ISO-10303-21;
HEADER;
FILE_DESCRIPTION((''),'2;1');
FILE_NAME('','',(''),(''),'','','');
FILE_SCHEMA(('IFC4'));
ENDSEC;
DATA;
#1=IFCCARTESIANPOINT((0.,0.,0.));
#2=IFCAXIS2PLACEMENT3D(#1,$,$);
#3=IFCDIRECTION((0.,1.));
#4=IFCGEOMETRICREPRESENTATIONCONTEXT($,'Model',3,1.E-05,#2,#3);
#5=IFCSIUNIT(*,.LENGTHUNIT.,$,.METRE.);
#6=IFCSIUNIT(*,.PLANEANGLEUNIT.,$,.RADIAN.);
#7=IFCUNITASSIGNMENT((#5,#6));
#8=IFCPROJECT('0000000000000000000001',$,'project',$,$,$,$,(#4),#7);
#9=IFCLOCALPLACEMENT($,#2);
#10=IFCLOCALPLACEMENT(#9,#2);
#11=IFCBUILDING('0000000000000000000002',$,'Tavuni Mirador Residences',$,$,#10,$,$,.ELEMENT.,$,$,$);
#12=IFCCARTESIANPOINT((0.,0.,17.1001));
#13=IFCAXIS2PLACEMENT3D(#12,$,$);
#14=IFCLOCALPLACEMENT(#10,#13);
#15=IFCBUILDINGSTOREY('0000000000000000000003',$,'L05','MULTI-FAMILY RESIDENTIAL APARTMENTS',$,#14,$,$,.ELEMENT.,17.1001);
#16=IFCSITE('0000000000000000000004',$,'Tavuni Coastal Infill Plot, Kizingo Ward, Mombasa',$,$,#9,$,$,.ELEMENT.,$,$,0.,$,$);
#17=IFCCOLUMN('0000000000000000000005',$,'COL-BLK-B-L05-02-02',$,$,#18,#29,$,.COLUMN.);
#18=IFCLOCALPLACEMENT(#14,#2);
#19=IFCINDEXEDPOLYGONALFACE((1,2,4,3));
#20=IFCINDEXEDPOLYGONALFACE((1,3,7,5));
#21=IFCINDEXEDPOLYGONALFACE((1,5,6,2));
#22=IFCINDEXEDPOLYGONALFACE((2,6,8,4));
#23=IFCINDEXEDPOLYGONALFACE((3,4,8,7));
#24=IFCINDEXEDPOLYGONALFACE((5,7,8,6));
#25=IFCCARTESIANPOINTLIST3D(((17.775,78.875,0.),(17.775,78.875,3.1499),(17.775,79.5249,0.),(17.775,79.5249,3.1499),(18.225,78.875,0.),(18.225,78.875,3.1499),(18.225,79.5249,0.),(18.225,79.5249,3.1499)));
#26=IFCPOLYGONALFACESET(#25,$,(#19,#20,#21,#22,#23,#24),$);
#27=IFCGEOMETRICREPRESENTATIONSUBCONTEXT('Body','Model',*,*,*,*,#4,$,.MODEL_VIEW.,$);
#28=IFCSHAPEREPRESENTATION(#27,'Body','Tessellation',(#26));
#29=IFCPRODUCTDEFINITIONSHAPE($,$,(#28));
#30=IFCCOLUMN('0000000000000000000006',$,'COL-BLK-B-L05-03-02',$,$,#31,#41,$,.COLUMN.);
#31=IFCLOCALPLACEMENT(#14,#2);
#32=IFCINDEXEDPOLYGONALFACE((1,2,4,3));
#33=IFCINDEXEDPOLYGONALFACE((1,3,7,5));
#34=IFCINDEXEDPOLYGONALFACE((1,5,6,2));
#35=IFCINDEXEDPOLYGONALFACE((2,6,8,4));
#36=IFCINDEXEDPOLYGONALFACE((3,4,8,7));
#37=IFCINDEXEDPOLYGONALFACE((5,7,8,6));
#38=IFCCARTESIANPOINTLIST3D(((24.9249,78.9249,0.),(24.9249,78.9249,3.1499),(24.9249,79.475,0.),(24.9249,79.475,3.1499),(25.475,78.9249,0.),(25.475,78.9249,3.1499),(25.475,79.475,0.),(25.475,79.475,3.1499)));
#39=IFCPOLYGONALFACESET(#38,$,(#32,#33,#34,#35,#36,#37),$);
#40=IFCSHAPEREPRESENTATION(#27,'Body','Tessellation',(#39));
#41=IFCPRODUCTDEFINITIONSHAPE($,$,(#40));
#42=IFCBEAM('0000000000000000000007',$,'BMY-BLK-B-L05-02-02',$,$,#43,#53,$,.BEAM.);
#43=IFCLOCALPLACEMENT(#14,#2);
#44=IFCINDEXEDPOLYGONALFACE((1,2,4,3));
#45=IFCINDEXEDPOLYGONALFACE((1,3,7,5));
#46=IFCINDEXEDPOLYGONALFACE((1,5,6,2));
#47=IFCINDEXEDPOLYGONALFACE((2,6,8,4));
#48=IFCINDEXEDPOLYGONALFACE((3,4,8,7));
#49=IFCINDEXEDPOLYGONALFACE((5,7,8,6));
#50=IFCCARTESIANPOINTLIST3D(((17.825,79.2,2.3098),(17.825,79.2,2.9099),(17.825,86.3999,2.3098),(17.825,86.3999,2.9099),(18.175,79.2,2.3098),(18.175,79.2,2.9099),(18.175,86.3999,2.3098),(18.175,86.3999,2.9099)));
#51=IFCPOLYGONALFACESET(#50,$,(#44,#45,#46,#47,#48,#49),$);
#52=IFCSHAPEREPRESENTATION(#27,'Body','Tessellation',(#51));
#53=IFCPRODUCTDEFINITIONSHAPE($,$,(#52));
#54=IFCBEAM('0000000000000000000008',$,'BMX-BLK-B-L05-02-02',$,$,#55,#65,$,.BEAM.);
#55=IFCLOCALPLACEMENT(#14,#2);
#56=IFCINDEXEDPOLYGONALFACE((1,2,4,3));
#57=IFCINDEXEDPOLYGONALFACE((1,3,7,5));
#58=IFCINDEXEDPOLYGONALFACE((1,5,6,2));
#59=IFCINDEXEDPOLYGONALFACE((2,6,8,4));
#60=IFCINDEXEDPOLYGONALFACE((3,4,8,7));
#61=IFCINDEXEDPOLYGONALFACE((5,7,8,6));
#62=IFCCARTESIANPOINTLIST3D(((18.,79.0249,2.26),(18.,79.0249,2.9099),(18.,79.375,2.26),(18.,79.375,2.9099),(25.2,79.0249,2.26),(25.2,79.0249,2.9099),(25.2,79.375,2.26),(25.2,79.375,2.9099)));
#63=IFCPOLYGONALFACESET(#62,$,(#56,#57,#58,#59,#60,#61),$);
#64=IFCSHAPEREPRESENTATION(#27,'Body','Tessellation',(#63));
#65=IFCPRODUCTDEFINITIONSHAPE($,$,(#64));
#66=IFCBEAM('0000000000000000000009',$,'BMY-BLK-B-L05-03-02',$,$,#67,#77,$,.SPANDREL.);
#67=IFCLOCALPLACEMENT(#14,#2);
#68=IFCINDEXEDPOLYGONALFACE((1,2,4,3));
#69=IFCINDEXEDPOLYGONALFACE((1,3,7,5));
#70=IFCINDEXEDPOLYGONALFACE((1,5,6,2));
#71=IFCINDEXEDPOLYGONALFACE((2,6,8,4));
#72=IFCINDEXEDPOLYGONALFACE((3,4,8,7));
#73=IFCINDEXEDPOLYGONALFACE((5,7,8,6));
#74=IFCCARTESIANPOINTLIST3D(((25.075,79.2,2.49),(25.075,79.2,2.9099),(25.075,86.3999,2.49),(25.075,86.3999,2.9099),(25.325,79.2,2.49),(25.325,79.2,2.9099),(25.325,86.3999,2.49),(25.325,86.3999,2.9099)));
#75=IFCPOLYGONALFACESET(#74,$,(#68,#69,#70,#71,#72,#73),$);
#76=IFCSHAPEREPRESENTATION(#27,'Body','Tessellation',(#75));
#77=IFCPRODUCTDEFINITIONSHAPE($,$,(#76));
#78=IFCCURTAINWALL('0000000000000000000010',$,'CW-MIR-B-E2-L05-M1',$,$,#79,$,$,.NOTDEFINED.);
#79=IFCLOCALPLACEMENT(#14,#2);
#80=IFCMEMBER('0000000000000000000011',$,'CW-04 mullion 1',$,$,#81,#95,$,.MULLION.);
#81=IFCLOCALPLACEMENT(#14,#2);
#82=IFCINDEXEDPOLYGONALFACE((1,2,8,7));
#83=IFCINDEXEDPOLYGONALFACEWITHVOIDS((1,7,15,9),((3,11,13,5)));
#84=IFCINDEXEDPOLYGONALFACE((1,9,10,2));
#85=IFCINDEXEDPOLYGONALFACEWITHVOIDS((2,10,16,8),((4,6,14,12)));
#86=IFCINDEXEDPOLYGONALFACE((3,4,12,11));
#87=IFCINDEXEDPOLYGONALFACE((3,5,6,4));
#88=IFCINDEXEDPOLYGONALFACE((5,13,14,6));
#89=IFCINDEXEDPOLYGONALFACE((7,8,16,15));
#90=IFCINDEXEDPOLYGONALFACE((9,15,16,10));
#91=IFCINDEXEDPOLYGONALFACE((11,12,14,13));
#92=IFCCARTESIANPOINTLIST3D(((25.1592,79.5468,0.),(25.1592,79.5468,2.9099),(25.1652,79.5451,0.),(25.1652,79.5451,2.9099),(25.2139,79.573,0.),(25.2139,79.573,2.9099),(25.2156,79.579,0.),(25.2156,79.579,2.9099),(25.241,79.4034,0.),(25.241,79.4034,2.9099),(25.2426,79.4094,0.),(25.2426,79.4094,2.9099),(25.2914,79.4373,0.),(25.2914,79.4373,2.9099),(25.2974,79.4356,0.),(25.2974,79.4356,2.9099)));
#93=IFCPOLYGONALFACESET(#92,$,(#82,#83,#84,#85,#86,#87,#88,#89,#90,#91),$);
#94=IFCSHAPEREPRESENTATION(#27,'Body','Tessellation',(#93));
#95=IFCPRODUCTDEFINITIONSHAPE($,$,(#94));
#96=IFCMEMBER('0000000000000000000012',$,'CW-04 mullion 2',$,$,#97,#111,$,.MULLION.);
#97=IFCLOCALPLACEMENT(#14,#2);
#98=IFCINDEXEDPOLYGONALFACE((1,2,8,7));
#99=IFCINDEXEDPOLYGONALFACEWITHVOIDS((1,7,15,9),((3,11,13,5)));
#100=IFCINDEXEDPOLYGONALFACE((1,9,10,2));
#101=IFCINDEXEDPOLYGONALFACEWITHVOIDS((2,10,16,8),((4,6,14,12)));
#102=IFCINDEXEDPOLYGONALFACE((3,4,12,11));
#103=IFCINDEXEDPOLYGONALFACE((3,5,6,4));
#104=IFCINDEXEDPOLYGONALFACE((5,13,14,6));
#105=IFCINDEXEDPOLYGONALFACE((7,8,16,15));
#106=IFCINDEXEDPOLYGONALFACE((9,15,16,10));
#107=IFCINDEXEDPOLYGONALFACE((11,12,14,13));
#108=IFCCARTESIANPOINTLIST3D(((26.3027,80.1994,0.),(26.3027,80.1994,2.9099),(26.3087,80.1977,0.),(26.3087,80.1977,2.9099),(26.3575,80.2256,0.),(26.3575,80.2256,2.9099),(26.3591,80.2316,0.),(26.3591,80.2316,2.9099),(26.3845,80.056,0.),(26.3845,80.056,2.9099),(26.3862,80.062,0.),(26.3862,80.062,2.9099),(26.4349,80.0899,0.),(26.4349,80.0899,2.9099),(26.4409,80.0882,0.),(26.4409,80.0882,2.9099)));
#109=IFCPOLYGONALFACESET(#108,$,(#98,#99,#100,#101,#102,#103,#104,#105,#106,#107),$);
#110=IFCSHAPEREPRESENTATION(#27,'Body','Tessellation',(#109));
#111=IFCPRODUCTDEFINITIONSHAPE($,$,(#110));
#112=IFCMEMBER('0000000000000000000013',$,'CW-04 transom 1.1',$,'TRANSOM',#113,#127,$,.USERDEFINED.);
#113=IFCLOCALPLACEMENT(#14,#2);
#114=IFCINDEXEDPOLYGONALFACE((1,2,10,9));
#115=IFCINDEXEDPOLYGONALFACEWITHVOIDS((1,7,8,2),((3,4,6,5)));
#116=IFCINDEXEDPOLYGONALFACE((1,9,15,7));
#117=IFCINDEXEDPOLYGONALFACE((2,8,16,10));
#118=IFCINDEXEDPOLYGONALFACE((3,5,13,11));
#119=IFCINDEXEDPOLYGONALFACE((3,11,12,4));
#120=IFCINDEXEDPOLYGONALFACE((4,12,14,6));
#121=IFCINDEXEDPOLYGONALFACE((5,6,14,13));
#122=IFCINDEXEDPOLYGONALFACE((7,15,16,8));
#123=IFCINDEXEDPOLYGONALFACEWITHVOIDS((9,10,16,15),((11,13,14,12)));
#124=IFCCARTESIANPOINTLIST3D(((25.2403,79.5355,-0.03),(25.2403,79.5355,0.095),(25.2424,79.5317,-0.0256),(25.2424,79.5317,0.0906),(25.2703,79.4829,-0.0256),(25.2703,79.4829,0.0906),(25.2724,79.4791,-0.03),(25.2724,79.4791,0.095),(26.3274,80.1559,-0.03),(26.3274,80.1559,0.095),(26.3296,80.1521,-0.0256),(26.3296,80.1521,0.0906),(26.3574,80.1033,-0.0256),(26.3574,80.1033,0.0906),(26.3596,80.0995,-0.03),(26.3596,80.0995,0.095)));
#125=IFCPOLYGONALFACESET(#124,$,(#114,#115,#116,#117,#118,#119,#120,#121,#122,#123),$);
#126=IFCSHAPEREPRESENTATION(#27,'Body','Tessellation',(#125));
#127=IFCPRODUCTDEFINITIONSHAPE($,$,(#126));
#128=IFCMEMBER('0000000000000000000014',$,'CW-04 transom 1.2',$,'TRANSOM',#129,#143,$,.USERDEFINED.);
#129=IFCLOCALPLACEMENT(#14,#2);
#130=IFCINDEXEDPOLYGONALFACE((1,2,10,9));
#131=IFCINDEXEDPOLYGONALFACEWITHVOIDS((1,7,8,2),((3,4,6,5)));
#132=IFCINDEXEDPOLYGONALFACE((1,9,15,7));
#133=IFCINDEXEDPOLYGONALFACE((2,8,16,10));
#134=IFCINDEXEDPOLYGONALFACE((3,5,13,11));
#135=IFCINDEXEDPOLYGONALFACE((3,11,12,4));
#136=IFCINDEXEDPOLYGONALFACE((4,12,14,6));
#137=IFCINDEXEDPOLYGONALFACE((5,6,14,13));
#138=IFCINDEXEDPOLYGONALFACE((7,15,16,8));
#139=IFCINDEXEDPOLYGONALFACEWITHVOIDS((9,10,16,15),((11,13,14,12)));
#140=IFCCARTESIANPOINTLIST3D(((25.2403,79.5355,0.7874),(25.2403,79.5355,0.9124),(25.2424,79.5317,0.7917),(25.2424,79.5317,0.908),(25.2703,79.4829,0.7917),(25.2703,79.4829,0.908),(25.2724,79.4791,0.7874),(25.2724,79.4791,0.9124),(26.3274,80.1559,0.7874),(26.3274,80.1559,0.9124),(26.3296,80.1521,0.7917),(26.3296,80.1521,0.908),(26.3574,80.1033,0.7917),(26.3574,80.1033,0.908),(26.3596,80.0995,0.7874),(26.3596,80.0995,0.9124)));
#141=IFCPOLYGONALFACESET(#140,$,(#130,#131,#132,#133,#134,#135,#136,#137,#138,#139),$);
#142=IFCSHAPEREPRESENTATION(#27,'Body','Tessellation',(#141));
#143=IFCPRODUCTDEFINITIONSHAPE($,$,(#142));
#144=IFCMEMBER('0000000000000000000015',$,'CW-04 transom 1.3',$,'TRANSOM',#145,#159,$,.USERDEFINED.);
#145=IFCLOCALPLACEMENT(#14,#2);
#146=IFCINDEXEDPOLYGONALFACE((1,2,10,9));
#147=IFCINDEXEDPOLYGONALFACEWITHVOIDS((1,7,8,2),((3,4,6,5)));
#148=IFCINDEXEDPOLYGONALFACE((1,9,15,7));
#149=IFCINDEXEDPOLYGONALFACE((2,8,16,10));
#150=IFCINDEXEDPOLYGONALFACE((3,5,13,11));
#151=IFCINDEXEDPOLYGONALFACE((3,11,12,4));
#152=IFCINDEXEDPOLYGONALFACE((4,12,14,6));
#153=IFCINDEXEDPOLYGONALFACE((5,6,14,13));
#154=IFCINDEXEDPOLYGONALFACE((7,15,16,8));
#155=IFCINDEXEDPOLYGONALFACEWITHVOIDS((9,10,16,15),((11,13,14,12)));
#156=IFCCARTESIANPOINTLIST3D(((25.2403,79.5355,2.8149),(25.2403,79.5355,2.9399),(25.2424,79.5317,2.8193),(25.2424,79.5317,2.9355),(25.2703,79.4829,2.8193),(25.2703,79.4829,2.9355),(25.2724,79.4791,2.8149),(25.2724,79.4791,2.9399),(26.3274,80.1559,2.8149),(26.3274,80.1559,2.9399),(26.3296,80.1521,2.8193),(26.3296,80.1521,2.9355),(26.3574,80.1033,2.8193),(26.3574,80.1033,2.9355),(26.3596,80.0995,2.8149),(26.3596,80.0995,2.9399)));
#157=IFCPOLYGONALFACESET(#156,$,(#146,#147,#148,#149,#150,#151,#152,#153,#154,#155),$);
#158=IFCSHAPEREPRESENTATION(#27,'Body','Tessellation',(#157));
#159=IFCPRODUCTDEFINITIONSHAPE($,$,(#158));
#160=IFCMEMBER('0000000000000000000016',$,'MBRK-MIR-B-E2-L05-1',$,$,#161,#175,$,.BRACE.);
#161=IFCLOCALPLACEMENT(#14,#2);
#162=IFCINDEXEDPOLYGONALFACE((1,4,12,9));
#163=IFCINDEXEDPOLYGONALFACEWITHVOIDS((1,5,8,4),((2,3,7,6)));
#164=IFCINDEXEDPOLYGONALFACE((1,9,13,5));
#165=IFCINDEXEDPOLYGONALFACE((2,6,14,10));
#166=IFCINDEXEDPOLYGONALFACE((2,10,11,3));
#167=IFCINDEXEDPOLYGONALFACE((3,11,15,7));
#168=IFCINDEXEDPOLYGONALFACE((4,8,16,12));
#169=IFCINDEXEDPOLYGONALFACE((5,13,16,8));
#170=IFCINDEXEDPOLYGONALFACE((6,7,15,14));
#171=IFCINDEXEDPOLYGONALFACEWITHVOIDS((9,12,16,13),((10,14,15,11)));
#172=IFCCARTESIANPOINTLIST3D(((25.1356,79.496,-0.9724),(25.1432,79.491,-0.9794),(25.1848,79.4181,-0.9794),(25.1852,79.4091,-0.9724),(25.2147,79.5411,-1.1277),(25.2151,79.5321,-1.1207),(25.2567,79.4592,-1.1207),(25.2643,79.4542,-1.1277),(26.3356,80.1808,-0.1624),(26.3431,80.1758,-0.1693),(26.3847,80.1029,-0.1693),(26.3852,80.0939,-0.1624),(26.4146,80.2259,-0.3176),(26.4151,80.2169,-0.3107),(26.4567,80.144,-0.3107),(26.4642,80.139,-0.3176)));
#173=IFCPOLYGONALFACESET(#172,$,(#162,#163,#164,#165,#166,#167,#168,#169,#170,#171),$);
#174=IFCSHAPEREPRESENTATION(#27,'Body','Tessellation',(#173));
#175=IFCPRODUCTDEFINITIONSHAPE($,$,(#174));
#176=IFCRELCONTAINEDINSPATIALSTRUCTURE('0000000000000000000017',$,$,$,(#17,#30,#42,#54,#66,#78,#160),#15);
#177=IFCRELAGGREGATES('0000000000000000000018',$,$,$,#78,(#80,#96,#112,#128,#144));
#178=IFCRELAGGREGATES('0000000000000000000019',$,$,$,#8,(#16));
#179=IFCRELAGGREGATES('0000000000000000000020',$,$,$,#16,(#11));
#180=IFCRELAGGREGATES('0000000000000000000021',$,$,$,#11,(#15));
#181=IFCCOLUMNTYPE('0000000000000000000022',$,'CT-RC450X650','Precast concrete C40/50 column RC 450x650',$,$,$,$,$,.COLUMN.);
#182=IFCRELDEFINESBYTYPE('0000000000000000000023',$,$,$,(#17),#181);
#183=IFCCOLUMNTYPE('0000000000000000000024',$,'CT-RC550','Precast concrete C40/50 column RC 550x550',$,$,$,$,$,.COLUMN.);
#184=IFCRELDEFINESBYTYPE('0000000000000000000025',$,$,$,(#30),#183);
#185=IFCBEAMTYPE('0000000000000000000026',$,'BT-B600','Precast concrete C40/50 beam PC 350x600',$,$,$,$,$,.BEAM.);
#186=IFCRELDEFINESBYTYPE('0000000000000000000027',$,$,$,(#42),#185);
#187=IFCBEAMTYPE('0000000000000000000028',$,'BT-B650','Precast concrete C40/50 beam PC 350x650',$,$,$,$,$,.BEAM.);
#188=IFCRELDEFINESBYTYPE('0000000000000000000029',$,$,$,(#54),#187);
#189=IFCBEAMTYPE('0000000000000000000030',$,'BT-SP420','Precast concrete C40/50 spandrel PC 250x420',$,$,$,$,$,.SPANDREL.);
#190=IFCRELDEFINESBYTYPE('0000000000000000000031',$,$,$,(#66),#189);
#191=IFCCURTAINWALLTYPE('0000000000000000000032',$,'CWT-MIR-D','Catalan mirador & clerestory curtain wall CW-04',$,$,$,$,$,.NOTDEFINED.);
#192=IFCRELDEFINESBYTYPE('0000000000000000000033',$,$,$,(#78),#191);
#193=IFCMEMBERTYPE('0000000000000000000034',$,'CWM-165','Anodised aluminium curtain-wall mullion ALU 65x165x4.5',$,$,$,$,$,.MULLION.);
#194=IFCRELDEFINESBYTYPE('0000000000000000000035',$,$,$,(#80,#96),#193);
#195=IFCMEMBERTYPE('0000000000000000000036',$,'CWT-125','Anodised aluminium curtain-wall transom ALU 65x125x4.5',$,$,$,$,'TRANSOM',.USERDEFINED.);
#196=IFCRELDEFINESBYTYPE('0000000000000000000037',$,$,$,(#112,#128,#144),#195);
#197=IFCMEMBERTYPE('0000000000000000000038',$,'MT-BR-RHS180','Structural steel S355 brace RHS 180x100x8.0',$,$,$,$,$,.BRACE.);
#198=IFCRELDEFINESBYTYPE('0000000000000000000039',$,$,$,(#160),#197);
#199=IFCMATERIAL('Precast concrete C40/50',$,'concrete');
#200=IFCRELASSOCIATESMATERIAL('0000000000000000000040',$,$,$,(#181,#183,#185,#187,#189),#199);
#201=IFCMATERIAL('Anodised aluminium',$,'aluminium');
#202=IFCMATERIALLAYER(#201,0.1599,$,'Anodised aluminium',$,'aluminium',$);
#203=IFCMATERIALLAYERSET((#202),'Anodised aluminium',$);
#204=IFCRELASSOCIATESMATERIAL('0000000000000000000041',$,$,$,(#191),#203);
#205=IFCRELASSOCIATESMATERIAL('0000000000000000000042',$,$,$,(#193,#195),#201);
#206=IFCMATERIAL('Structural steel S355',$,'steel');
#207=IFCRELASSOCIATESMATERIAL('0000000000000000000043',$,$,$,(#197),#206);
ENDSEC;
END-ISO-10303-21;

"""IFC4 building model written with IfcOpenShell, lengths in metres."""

from ifc_helpers import new_model, si_unit, direction, frame, origin, origin_2d, place, context, subcontext, project, spatial, rectangle, hollow_rectangle, extrude, material, layer, layer_set, material_profile, profile_set, type_object, element, aggregate, save


model = new_model("IFC4")

# Units and contexts
model_context = context("Model", 3, precision=1e-05, world=origin(), true_north=direction((0.0, 1.0)))
body_context = subcontext(model_context, "Body", "Model", "MODEL_VIEW")
ifc_project = project(units=[si_unit("LENGTHUNIT", "METRE"), si_unit("PLANEANGLEUNIT", "RADIAN")], contexts=[model_context])

# Site, building, storey
site_placement = place(None, origin())
site = spatial("IfcSite", under=ifc_project, at=site_placement, Name="Tavuni Coastal Infill Plot, Kizingo Ward, Mombasa", CompositionType="ELEMENT", RefElevation=0.0)
building_placement = place(site_placement, origin())
building = spatial("IfcBuilding", under=site, at=building_placement, Name="Tavuni Mirador Residences", CompositionType="ELEMENT")
storey_placement = place(building_placement, frame((0.0, 0.0, 17.1001)))
storey = spatial("IfcBuildingStorey", under=building, at=storey_placement, Name="L05", Description="MULTI-FAMILY RESIDENTIAL APARTMENTS", CompositionType="ELEMENT", Elevation=17.1001)

# Columns
ifc_material_1 = material(Name="Precast concrete C40/50", Category="concrete")
ifc_material_profile_1 = material_profile(ifc_material_1, rectangle(XDim=0.45, YDim=0.6499, at=origin_2d()), Name="RC 450x650", Category="concrete")
ifc_profile_set_1 = profile_set([ifc_material_profile_1], Name="Precast concrete C40/50")
column_type_1 = type_object("IfcColumnType", Name="CT-RC450X650", Description="Precast concrete C40/50 column RC 450x650", PredefinedType="COLUMN", material=ifc_profile_set_1)
column_1_placement = place(storey_placement, frame((18.0, 79.2, 0.0), z_axis=(0.0, 0.0, 1.0), x_axis=(1.0, 0.0, 0.0)))
element("IfcColumn", 1, at=column_1_placement, inside=storey, type_object=column_type_1, Name="COL-BLK-B-L05-02-02", PredefinedType="COLUMN", context=body_context, shape_type="SweptSolid", body=[
    extrude(rectangle(XDim=0.45, YDim=0.6499, at=origin_2d()), origin(), (0.0, 0.0, 1.0), 3.1499),
])
ifc_material_profile_2 = material_profile(ifc_material_1, rectangle(XDim=0.55, YDim=0.55, at=origin_2d()), Name="RC 550x550", Category="concrete")
ifc_profile_set_2 = profile_set([ifc_material_profile_2], Name="Precast concrete C40/50")
column_type_2 = type_object("IfcColumnType", Name="CT-RC550", Description="Precast concrete C40/50 column RC 550x550", PredefinedType="COLUMN", material=ifc_profile_set_2)
column_2_placement = place(storey_placement, frame((25.2, 79.2, 0.0), z_axis=(0.0, 0.0, 1.0), x_axis=(1.0, 0.0, 0.0)))
element("IfcColumn", 2, at=column_2_placement, inside=storey, type_object=column_type_2, Name="COL-BLK-B-L05-03-02", PredefinedType="COLUMN", context=body_context, shape_type="SweptSolid", body=[
    extrude(rectangle(XDim=0.55, YDim=0.55, at=origin_2d()), origin(), (0.0, 0.0, 1.0), 3.1499),
])

# Beams
ifc_material_profile_3 = material_profile(ifc_material_1, rectangle(XDim=0.3501, YDim=0.6001, at=origin_2d()), Name="PC 350x600", Category="concrete")
ifc_profile_set_3 = profile_set([ifc_material_profile_3], Name="Precast concrete C40/50")
beam_type_1 = type_object("IfcBeamType", Name="BT-B600", Description="Precast concrete C40/50 beam PC 350x600", PredefinedType="BEAM", material=ifc_profile_set_3)
beam_1_placement = place(storey_placement, frame((18.0, 79.2, 2.6099), z_axis=(0.0, 1.0, 0.0), x_axis=(-1.0, 0.0, 0.0)))
element("IfcBeam", 3, at=beam_1_placement, inside=storey, type_object=beam_type_1, Name="BMY-BLK-B-L05-02-02", PredefinedType="BEAM", context=body_context, shape_type="SweptSolid", body=[
    extrude(rectangle(XDim=0.3501, YDim=0.6001, at=origin_2d()), origin(), (0.0, 0.0, 1.0), 7.2),
])
ifc_material_profile_4 = material_profile(ifc_material_1, rectangle(XDim=0.3501, YDim=0.6499, at=origin_2d()), Name="PC 350x650", Category="concrete")
ifc_profile_set_4 = profile_set([ifc_material_profile_4], Name="Precast concrete C40/50")
beam_type_2 = type_object("IfcBeamType", Name="BT-B650", Description="Precast concrete C40/50 beam PC 350x650", PredefinedType="BEAM", material=ifc_profile_set_4)
beam_2_placement = place(storey_placement, frame((18.0, 79.2, 2.585), z_axis=(1.0, 0.0, 0.0), x_axis=(0.0, 1.0, 0.0)))
element("IfcBeam", 4, at=beam_2_placement, inside=storey, type_object=beam_type_2, Name="BMX-BLK-B-L05-02-02", PredefinedType="BEAM", context=body_context, shape_type="SweptSolid", body=[
    extrude(rectangle(XDim=0.3501, YDim=0.6499, at=origin_2d()), origin(), (0.0, 0.0, 1.0), 7.2),
])
ifc_material_profile_5 = material_profile(ifc_material_1, rectangle(XDim=0.25, YDim=0.4199, at=origin_2d()), Name="PC 250x420", Category="concrete")
ifc_profile_set_5 = profile_set([ifc_material_profile_5], Name="Precast concrete C40/50")
beam_type_3 = type_object("IfcBeamType", Name="BT-SP420", Description="Precast concrete C40/50 spandrel PC 250x420", PredefinedType="SPANDREL", material=ifc_profile_set_5)
beam_3_placement = place(storey_placement, frame((25.2, 79.2, 2.7), z_axis=(0.0, 1.0, 0.0), x_axis=(-1.0, 0.0, 0.0)))
element("IfcBeam", 5, at=beam_3_placement, inside=storey, type_object=beam_type_3, Name="BMY-BLK-B-L05-03-02", PredefinedType="SPANDREL", context=body_context, shape_type="SweptSolid", body=[
    extrude(rectangle(XDim=0.25, YDim=0.4199, at=origin_2d()), origin(), (0.0, 0.0, 1.0), 7.2),
])

# Curtain wall, members
ifc_material_2 = material(Name="Anodised aluminium", Category="aluminium")
ifc_layer_1 = layer(ifc_material_2, 0.1599, Name="Anodised aluminium", Category="aluminium")
ifc_layer_set_1 = layer_set([ifc_layer_1], Name="Anodised aluminium")
curtain_wall_type = type_object("IfcCurtainWallType", Name="CWT-MIR-D", Description="Catalan mirador & clerestory curtain wall CW-04", PredefinedType="NOTDEFINED", material=ifc_layer_set_1)
curtain_wall_placement = place(storey_placement, origin())
curtain_wall = element("IfcCurtainWall", 6, at=curtain_wall_placement, inside=storey, type_object=curtain_wall_type, Name="CW-MIR-B-E2-L05-M1", PredefinedType="NOTDEFINED")
ifc_material_profile_6 = material_profile(ifc_material_2, hollow_rectangle(XDim=0.0649, YDim=0.165, WallThickness=0.0044, at=origin_2d()), Name="ALU 65x165x4.5", Category="aluminium")
ifc_profile_set_6 = profile_set([ifc_material_profile_6], Name="Anodised aluminium")
member_type_1 = type_object("IfcMemberType", Name="CWM-165", Description="Anodised aluminium curtain-wall mullion ALU 65x165x4.5", PredefinedType="MULLION", material=ifc_profile_set_6)
member_1_placement = place(storey_placement, frame((25.2283, 79.4912, 0.0), z_axis=(0.0, 0.0, 1.0), x_axis=(0.868466, 0.495749, 0.0)))
member_1 = element("IfcMember", 7, at=member_1_placement, type_object=member_type_1, Name="CW-04 mullion 1", PredefinedType="MULLION", context=body_context, shape_type="SweptSolid", body=[
    extrude(hollow_rectangle(XDim=0.0649, YDim=0.165, WallThickness=0.0044, at=origin_2d()), origin(), (0.0, 0.0, 1.0), 2.9099),
])
member_2_placement = place(storey_placement, frame((26.3718, 80.1438, 0.0), z_axis=(0.0, 0.0, 1.0), x_axis=(0.868466, 0.495749, 0.0)))
member_2 = element("IfcMember", 8, at=member_2_placement, type_object=member_type_1, Name="CW-04 mullion 2", PredefinedType="MULLION", context=body_context, shape_type="SweptSolid", body=[
    extrude(hollow_rectangle(XDim=0.0649, YDim=0.165, WallThickness=0.0044, at=origin_2d()), origin(), (0.0, 0.0, 1.0), 2.9099),
])
ifc_material_profile_7 = material_profile(ifc_material_2, hollow_rectangle(XDim=0.0649, YDim=0.125, WallThickness=0.0044, at=origin_2d()), Name="ALU 65x125x4.5", Category="aluminium")
ifc_profile_set_7 = profile_set([ifc_material_profile_7], Name="Anodised aluminium")
member_type_2 = type_object("IfcMemberType", Name="CWT-125", Description="Anodised aluminium curtain-wall transom ALU 65x125x4.5", ElementType="TRANSOM", PredefinedType="USERDEFINED", material=ifc_profile_set_7)
member_3_placement = place(storey_placement, frame((25.2563, 79.5073, 0.0325), z_axis=(0.868543, 0.495614, 0.0), x_axis=(-0.495614, 0.868543, 0.0)))
member_3 = element("IfcMember", 9, at=member_3_placement, type_object=member_type_2, Name="CW-04 transom 1.1", ObjectType="TRANSOM", PredefinedType="USERDEFINED", context=body_context, shape_type="SweptSolid", body=[
    extrude(hollow_rectangle(XDim=0.0649, YDim=0.125, WallThickness=0.0044, at=origin_2d()), origin(), (0.0, 0.0, 1.0), 1.2517),
])
member_4_placement = place(storey_placement, frame((25.2563, 79.5073, 0.8499), z_axis=(0.868543, 0.495614, 0.0), x_axis=(-0.495614, 0.868543, 0.0)))
member_4 = element("IfcMember", 10, at=member_4_placement, type_object=member_type_2, Name="CW-04 transom 1.2", ObjectType="TRANSOM", PredefinedType="USERDEFINED", context=body_context, shape_type="SweptSolid", body=[
    extrude(hollow_rectangle(XDim=0.0649, YDim=0.125, WallThickness=0.0044, at=origin_2d()), origin(), (0.0, 0.0, 1.0), 1.2517),
])
member_5_placement = place(storey_placement, frame((25.2563, 79.5073, 2.8774), z_axis=(0.868543, 0.495614, 0.0), x_axis=(-0.495614, 0.868543, 0.0)))
member_5 = element("IfcMember", 11, at=member_5_placement, type_object=member_type_2, Name="CW-04 transom 1.3", ObjectType="TRANSOM", PredefinedType="USERDEFINED", context=body_context, shape_type="SweptSolid", body=[
    extrude(hollow_rectangle(XDim=0.0649, YDim=0.125, WallThickness=0.0044, at=origin_2d()), origin(), (0.0, 0.0, 1.0), 1.2517),
])

# Member
ifc_material_3 = material(Name="Structural steel S355", Category="steel")
ifc_material_profile_8 = material_profile(ifc_material_3, hollow_rectangle(XDim=0.1001, YDim=0.1799, WallThickness=0.0081, at=origin_2d()), Name="RHS 180x100x8.0", Category="steel")
ifc_profile_set_8 = profile_set([ifc_material_profile_8], Name="Structural steel S355")
member_type_3 = type_object("IfcMemberType", Name="MT-BR-RHS180", Description="Structural steel S355 brace RHS 180x100x8.0", PredefinedType="BRACE", material=ifc_profile_set_8)
member_6_placement = place(storey_placement, frame((25.2, 79.4751, -1.05), z_axis=(0.749231, 0.427588, 0.505788), x_axis=(-0.495663, 0.868515, 0.0)))
element("IfcMember", 12, at=member_6_placement, inside=storey, type_object=member_type_3, Name="MBRK-MIR-B-E2-L05-1", PredefinedType="BRACE", context=body_context, shape_type="SweptSolid", body=[
    extrude(hollow_rectangle(XDim=0.1001, YDim=0.1799, WallThickness=0.0081, at=origin_2d()), origin(), (0.0, 0.0, 1.0), 1.6016),
])

aggregate(curtain_wall, [member_1, member_2, member_3, member_4, member_5])

save(model, "model.ifc")
